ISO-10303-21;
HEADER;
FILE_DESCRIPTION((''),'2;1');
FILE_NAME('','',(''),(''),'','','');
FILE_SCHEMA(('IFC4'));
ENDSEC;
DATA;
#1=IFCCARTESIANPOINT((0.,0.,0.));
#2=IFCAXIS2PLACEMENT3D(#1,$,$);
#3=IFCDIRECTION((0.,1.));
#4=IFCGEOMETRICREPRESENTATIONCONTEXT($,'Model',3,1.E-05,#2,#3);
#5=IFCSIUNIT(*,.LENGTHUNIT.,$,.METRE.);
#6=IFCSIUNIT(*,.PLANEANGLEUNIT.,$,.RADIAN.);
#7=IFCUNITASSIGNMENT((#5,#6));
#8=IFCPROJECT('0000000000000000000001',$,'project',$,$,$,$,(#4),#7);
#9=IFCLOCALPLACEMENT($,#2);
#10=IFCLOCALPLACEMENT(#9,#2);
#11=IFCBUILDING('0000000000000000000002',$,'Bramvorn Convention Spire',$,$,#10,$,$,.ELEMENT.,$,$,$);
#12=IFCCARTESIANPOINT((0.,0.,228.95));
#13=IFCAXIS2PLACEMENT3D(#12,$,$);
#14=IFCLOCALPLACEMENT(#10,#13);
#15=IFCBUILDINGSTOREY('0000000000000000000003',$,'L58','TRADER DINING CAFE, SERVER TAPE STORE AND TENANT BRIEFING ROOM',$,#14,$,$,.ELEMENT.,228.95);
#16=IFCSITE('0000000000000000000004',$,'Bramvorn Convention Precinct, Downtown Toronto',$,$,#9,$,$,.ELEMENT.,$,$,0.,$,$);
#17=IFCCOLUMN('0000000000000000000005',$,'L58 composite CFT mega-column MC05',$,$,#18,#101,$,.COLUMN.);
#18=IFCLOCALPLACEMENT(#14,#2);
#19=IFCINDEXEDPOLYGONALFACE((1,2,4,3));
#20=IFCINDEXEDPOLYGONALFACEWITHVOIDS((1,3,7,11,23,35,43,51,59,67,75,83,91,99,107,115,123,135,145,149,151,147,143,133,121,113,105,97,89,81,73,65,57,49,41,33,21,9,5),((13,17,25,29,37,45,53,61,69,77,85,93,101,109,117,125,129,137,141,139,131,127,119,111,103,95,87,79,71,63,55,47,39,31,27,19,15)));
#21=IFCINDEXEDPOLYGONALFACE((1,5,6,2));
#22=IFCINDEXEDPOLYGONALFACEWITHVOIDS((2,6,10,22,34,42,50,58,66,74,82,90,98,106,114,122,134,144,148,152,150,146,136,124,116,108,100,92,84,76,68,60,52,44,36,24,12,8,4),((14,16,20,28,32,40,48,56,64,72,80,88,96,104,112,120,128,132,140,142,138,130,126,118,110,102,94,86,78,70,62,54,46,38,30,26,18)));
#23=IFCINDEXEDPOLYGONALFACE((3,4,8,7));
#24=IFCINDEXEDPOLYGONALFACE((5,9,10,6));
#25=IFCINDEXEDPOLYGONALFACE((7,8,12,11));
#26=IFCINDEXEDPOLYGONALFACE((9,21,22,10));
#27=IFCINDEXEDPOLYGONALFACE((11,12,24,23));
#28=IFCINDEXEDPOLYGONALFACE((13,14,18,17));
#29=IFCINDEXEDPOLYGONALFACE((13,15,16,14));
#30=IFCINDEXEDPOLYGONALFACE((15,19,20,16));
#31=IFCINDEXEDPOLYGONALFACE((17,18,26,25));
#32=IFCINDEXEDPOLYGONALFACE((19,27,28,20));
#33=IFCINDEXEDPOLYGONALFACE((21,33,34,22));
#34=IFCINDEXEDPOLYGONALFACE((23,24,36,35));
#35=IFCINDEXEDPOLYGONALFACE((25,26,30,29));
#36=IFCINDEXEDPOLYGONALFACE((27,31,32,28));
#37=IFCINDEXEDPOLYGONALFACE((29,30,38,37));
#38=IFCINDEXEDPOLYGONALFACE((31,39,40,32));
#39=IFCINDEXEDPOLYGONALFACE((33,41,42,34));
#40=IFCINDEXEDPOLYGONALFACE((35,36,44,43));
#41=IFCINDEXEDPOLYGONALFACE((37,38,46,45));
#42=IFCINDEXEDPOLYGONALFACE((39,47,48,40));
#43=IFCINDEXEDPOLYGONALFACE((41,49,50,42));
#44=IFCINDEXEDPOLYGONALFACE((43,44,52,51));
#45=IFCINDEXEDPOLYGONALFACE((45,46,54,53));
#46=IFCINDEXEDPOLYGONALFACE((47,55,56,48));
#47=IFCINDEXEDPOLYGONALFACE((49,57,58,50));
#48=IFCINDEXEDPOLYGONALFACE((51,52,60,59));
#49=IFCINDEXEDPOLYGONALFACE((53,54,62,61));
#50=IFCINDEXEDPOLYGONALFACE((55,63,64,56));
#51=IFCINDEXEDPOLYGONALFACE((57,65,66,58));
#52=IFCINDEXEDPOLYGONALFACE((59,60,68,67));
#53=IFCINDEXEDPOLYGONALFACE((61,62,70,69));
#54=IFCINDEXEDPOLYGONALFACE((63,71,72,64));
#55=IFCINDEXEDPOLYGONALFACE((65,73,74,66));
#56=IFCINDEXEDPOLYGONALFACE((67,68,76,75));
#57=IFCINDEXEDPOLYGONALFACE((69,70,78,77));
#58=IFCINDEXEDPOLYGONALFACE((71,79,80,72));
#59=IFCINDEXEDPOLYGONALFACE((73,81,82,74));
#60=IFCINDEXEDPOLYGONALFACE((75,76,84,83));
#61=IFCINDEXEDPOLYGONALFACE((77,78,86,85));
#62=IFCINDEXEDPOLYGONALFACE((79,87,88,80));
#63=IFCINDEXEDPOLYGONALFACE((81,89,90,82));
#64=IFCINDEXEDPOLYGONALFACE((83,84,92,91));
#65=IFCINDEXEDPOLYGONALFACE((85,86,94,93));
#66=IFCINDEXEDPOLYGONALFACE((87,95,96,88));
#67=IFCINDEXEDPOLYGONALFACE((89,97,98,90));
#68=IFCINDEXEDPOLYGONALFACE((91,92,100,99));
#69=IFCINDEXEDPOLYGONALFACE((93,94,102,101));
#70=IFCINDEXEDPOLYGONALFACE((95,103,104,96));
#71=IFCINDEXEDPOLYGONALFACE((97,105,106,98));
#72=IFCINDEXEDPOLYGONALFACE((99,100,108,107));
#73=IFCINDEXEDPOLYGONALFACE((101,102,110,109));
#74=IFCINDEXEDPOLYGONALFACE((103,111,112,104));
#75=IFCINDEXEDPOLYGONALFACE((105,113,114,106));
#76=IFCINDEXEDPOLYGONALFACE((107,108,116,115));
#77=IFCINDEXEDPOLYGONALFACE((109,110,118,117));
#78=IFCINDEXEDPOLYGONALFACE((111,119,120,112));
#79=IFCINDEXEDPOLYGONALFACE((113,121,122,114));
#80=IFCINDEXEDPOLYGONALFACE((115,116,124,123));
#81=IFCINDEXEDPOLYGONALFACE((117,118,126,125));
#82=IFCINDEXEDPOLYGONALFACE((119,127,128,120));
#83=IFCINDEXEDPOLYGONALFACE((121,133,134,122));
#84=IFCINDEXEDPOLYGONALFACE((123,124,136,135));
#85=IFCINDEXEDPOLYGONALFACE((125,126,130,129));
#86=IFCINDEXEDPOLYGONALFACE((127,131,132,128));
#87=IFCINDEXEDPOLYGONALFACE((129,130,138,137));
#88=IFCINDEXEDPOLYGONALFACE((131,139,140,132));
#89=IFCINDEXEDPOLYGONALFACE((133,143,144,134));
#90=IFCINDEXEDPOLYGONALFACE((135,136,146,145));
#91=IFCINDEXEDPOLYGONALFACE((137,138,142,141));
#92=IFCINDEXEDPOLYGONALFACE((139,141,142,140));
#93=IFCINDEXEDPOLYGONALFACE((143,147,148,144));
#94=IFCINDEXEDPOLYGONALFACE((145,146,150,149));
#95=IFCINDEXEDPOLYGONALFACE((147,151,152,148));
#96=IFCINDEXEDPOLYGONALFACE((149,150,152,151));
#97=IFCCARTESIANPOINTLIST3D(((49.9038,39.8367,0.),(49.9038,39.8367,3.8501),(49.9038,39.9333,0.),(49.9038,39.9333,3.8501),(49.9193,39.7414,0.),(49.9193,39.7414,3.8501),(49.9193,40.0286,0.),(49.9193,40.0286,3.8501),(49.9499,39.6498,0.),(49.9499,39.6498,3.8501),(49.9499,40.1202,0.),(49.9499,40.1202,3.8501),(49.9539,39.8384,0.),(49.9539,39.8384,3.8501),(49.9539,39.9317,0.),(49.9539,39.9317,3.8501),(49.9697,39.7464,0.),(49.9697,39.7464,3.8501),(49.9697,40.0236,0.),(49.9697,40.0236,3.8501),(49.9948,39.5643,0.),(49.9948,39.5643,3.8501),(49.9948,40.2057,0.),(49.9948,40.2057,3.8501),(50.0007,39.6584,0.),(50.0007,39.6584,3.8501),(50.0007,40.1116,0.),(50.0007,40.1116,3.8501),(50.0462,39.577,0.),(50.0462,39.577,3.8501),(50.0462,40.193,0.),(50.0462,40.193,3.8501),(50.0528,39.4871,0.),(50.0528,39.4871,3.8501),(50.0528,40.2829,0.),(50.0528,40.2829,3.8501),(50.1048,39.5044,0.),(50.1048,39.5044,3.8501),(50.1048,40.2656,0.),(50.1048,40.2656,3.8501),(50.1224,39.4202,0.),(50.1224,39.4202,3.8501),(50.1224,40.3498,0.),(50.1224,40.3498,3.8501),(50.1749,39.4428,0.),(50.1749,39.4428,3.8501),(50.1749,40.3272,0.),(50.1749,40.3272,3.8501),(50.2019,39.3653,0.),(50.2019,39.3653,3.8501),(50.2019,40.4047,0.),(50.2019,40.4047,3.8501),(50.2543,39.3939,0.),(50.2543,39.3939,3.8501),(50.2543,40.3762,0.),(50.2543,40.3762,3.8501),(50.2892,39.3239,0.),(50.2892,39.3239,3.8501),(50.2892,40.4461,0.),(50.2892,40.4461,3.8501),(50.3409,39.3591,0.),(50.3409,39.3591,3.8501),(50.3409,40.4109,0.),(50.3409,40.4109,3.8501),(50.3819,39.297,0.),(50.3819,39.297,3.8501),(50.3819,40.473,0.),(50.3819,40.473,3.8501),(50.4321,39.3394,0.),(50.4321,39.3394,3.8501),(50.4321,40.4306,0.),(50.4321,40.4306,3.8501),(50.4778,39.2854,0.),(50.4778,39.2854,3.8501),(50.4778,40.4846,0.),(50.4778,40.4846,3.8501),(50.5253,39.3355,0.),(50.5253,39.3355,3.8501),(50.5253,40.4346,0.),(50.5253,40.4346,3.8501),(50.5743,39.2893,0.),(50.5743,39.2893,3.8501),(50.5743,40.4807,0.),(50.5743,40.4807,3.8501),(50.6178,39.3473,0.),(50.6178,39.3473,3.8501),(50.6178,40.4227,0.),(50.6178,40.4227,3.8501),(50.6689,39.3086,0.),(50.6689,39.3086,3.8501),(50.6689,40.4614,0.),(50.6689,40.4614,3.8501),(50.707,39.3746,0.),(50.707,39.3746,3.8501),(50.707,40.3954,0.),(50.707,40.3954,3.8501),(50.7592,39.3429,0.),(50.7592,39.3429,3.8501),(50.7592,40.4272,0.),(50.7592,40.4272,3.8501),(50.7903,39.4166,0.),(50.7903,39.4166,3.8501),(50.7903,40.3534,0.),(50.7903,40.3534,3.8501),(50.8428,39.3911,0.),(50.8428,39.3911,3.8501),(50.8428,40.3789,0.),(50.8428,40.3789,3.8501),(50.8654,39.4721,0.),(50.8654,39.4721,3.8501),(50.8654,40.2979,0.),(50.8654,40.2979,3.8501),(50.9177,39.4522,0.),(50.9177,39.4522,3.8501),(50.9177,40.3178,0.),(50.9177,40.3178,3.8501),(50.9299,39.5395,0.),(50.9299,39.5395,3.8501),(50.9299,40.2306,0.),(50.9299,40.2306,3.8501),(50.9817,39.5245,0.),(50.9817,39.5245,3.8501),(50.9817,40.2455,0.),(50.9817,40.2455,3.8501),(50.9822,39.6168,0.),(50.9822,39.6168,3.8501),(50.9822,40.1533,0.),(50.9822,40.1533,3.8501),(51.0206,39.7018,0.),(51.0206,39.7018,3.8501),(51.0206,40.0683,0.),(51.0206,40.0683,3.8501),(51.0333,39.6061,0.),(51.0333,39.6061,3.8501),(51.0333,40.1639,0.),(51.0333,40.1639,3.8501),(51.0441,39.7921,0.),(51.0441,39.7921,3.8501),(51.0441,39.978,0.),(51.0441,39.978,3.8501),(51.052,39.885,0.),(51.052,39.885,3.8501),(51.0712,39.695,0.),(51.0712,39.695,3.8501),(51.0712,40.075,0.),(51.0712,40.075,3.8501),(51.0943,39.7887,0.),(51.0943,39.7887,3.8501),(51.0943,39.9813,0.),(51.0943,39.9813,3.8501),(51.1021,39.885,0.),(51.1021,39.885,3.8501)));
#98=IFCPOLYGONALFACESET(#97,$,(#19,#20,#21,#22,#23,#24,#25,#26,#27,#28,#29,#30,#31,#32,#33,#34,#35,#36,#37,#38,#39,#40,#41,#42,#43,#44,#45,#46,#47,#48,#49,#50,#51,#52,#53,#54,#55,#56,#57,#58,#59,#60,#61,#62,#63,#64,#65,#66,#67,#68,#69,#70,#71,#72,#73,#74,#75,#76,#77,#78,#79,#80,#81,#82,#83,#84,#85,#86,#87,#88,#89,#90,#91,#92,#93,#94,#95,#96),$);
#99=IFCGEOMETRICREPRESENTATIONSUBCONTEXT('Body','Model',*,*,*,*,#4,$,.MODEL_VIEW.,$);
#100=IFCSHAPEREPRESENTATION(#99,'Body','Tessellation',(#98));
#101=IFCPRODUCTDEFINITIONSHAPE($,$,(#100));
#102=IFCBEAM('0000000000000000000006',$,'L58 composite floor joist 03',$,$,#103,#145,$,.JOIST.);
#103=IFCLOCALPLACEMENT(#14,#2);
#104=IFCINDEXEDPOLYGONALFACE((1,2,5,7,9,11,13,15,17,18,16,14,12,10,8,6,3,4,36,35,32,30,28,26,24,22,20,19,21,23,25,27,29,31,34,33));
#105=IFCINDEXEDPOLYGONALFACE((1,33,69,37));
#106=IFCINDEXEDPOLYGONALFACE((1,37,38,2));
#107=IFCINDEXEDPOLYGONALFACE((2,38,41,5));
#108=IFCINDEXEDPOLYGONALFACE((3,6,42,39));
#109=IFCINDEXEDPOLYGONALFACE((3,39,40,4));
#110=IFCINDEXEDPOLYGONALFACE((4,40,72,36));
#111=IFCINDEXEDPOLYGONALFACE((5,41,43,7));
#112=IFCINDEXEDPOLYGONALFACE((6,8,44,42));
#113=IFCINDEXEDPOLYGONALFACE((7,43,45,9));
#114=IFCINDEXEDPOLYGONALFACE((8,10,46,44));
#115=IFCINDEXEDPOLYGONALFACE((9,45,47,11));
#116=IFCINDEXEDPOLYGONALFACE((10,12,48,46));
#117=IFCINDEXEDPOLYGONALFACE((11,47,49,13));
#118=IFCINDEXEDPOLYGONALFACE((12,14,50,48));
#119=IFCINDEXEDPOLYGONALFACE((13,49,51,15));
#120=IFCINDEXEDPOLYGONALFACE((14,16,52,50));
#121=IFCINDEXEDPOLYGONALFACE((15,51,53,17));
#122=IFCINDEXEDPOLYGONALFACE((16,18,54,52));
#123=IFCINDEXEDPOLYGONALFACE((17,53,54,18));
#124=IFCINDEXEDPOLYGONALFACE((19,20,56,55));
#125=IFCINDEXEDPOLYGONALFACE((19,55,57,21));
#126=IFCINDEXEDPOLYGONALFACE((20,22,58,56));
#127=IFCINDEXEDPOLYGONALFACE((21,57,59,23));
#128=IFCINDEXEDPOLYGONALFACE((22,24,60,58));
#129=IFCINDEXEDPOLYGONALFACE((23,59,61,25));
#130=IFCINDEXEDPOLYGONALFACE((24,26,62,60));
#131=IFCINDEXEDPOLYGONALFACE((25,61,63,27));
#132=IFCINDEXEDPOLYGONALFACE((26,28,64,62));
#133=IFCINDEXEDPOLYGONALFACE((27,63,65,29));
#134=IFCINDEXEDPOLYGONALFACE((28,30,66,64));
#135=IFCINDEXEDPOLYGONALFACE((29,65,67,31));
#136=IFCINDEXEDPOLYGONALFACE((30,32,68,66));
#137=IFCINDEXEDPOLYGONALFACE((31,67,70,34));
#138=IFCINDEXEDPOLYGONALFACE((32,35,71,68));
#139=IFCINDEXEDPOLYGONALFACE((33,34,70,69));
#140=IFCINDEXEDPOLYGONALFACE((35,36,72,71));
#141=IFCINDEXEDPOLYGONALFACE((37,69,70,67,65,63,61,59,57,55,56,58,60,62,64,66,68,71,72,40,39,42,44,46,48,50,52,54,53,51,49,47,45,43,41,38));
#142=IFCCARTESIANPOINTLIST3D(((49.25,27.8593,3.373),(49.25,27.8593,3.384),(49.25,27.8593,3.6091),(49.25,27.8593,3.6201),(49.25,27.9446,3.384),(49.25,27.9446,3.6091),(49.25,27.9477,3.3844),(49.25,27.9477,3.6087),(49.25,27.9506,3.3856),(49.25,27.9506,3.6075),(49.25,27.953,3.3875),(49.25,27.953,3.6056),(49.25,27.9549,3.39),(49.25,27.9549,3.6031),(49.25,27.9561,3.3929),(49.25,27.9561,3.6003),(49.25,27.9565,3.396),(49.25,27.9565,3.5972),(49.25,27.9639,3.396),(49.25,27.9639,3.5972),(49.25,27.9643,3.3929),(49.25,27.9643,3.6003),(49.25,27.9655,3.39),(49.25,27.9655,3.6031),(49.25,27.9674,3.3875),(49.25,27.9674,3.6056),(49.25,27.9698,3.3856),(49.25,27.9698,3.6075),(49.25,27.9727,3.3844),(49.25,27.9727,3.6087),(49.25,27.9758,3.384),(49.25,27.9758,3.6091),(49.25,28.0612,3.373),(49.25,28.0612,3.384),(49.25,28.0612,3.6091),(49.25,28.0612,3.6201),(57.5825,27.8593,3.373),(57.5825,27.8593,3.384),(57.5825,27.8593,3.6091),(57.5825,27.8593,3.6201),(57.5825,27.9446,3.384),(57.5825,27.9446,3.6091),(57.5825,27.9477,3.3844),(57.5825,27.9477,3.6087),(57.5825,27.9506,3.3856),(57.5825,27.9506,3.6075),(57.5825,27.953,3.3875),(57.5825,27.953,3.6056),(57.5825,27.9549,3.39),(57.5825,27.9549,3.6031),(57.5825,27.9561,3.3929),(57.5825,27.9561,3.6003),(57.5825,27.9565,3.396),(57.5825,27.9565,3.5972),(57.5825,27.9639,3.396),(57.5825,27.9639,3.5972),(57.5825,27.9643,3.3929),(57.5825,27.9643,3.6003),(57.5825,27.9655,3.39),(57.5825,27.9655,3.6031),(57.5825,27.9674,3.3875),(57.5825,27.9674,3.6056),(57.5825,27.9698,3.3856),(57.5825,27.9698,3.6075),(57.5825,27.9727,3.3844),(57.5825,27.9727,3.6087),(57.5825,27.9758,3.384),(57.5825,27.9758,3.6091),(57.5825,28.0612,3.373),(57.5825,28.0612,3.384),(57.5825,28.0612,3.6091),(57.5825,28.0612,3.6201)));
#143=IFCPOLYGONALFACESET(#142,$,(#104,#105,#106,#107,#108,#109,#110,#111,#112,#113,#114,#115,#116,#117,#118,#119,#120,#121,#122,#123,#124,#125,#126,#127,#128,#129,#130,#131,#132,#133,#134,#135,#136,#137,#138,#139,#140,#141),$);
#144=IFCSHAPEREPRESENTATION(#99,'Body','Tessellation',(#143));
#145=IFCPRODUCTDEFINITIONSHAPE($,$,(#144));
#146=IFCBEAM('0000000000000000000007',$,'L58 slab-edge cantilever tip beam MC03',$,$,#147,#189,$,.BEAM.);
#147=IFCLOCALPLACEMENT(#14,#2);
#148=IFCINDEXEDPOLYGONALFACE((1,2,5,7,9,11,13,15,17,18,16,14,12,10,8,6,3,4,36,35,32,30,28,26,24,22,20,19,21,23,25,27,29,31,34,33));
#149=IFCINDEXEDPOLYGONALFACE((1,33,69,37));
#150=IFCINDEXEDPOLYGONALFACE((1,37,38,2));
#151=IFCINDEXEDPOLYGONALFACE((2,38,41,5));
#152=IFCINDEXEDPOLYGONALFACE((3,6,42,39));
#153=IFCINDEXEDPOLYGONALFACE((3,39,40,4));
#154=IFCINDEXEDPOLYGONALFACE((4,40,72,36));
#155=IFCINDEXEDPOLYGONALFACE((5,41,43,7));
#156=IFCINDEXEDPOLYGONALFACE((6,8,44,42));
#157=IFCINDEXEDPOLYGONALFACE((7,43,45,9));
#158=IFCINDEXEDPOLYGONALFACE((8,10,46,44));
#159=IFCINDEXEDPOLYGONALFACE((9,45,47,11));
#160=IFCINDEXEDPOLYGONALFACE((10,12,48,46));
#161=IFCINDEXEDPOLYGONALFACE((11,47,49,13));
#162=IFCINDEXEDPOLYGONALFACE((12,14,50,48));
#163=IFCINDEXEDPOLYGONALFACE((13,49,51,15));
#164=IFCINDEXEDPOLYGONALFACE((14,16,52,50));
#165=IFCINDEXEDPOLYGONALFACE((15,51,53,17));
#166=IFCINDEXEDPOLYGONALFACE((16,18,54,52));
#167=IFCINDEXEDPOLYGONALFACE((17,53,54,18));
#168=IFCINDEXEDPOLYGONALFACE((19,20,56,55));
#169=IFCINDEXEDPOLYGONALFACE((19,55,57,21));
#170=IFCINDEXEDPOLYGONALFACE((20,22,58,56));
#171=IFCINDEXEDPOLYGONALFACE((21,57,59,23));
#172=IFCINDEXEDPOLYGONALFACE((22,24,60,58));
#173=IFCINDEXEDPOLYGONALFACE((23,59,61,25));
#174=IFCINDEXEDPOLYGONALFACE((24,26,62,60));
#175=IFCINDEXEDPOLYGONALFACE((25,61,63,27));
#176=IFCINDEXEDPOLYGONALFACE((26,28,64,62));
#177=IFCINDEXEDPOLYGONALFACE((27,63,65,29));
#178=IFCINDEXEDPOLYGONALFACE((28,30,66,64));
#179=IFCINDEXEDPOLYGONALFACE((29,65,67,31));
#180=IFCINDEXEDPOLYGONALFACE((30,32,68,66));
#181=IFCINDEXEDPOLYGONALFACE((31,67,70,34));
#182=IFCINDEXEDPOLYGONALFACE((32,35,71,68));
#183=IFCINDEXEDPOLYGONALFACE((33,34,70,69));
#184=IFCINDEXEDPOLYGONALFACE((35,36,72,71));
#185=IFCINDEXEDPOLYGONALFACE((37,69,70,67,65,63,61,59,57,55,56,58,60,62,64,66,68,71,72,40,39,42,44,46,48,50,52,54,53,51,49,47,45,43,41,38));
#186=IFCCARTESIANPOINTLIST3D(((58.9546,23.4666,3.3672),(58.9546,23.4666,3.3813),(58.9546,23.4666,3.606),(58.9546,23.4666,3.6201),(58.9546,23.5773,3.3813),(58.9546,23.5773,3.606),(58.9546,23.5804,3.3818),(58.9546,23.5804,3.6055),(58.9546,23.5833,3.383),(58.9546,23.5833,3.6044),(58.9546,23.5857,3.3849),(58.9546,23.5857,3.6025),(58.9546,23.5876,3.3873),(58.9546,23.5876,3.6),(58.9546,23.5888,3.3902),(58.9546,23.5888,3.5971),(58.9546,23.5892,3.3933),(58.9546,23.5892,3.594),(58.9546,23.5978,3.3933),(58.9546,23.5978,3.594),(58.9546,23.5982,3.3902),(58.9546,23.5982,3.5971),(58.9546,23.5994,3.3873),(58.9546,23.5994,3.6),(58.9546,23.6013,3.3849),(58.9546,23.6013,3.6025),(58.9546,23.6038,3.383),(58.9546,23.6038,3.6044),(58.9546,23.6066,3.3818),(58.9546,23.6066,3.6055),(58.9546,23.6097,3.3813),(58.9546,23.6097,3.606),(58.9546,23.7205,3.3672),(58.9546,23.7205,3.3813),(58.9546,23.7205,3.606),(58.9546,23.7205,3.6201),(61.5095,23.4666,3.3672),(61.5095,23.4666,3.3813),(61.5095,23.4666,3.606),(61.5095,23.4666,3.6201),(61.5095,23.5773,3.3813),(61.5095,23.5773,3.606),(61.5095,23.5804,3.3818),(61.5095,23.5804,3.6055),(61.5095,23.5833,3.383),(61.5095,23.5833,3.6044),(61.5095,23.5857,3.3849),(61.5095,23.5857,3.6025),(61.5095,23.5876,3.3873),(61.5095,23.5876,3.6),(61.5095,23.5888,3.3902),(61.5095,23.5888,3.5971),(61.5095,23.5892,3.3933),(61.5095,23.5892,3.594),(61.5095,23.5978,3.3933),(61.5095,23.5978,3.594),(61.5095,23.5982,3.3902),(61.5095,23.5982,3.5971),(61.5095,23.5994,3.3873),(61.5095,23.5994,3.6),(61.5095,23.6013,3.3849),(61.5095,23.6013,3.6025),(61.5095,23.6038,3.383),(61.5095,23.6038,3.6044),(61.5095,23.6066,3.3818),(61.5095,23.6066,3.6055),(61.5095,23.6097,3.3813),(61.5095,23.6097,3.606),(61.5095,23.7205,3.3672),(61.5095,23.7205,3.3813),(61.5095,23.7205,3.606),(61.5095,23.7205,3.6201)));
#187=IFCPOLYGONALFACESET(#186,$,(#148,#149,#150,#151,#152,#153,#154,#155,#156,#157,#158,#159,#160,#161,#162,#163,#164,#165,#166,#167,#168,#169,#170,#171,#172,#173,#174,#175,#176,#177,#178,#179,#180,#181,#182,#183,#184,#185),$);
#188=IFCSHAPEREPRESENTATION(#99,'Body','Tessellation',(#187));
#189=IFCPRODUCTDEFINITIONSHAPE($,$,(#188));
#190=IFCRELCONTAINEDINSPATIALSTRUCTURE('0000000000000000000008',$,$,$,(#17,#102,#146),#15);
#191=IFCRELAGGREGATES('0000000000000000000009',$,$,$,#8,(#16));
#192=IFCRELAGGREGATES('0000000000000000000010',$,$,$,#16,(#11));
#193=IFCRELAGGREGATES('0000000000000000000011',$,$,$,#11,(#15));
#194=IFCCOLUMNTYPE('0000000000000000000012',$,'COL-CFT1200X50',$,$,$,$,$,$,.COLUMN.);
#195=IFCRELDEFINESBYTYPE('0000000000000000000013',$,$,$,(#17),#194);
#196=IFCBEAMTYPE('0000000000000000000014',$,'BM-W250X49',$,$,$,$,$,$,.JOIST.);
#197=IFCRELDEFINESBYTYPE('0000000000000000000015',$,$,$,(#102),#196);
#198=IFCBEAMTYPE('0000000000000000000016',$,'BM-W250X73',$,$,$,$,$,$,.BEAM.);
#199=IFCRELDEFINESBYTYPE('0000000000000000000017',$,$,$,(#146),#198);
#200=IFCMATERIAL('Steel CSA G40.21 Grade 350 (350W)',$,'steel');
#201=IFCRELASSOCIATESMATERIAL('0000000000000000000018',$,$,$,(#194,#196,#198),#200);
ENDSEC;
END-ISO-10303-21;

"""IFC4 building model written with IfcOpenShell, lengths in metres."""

from ifc_helpers import new_model, si_unit, direction, frame, origin, origin_2d, place, context, subcontext, project, spatial, hollow_circle, i_section, extrude, material, material_profile, profile_set, type_object, element, save


model = new_model("IFC4")

# Units and contexts
model_context = context("Model", 3, precision=1e-05, world=origin(), true_north=direction((0.0, 1.0)))
body_context = subcontext(model_context, "Body", "Model", "MODEL_VIEW")
ifc_project = project(units=[si_unit("LENGTHUNIT", "METRE"), si_unit("PLANEANGLEUNIT", "RADIAN")], contexts=[model_context])

# Site, building, storey
site_placement = place(None, origin())
site = spatial("IfcSite", under=ifc_project, at=site_placement, Name="Bramvorn Convention Precinct, Downtown Toronto", CompositionType="ELEMENT", RefElevation=0.0)
building_placement = place(site_placement, origin())
building = spatial("IfcBuilding", under=site, at=building_placement, Name="Bramvorn Convention Spire", CompositionType="ELEMENT")
storey_placement = place(building_placement, frame((0.0, 0.0, 228.95)))
storey = spatial("IfcBuildingStorey", under=building, at=storey_placement, Name="L58", Description="TRADER DINING CAFE, SERVER TAPE STORE AND TENANT BRIEFING ROOM", CompositionType="ELEMENT", Elevation=228.95)

# Column
ifc_material_1 = material(Name="Steel CSA G40.21 Grade 350 (350W)", Category="steel")
ifc_material_profile_1 = material_profile(ifc_material_1, hollow_circle(Radius=0.6001, WallThickness=0.05, at=origin_2d()))
ifc_profile_set_1 = profile_set([ifc_material_profile_1], Name="Steel CSA G40.21 Grade 350 (350W) - CFT1200X50")
column_type = type_object("IfcColumnType", Name="COL-CFT1200X50", PredefinedType="COLUMN", material=ifc_profile_set_1)
for number, where, z_axis, x_axis, name in (
    (1, (50.502, 39.885, 0.0), (0.0, 0.0, 1.0), (1.0, 0.0, 0.0), "L58 composite CFT mega-column MC05"),
):
    element("IfcColumn", number, at=place(storey_placement, frame(where, z_axis=z_axis, x_axis=x_axis)), inside=storey, type_object=column_type, Name=name, PredefinedType="COLUMN", context=body_context, shape_type="SweptSolid", body=[
        extrude(hollow_circle(Radius=0.6001, WallThickness=0.05, at=origin_2d()), origin(), (0.0, 0.0, 1.0), 3.8501),
    ])

# Beams
ifc_material_profile_2 = material_profile(ifc_material_1, i_section(OverallWidth=0.2019, OverallDepth=0.2471, WebThickness=0.0073, FlangeThickness=0.011, FilletRadius=0.012, at=origin_2d()))
ifc_profile_set_2 = profile_set([ifc_material_profile_2], Name="Steel CSA G40.21 Grade 350 (350W) - W250X49")
beam_type_1 = type_object("IfcBeamType", Name="BM-W250X49", PredefinedType="JOIST", material=ifc_profile_set_2)
beam_1_placement = place(storey_placement, frame((49.25, 27.9602, 3.4966), z_axis=(1.0, 0.0, 0.0), x_axis=(0.0, 1.0, 0.0)))
element("IfcBeam", 2, at=beam_1_placement, inside=storey, type_object=beam_type_1, Name="L58 composite floor joist 03", PredefinedType="JOIST", context=body_context, shape_type="SweptSolid", body=[
    extrude(i_section(OverallWidth=0.2019, OverallDepth=0.2471, WebThickness=0.0073, FlangeThickness=0.011, FilletRadius=0.012, at=origin_2d()), origin(), (0.0, 0.0, 1.0), 8.3325),
])
ifc_material_profile_3 = material_profile(ifc_material_1, i_section(OverallWidth=0.2539, OverallDepth=0.2529, WebThickness=0.0085, FlangeThickness=0.0142, FilletRadius=0.012, at=origin_2d()))
ifc_profile_set_3 = profile_set([ifc_material_profile_3], Name="Steel CSA G40.21 Grade 350 (350W) - W250X73")
beam_type_2 = type_object("IfcBeamType", Name="BM-W250X73", PredefinedType="BEAM", material=ifc_profile_set_3)
beam_2_placement = place(storey_placement, frame((58.9546, 23.5935, 3.4937), z_axis=(1.0, 0.0, 0.0), x_axis=(0.0, 1.0, 0.0)))
element("IfcBeam", 3, at=beam_2_placement, inside=storey, type_object=beam_type_2, Name="L58 slab-edge cantilever tip beam MC03", PredefinedType="BEAM", context=body_context, shape_type="SweptSolid", body=[
    extrude(i_section(OverallWidth=0.2539, OverallDepth=0.2529, WebThickness=0.0085, FlangeThickness=0.0142, FilletRadius=0.012, at=origin_2d()), origin(), (0.0, 0.0, 1.0), 2.5549),
])

save(model, "model.ifc")
